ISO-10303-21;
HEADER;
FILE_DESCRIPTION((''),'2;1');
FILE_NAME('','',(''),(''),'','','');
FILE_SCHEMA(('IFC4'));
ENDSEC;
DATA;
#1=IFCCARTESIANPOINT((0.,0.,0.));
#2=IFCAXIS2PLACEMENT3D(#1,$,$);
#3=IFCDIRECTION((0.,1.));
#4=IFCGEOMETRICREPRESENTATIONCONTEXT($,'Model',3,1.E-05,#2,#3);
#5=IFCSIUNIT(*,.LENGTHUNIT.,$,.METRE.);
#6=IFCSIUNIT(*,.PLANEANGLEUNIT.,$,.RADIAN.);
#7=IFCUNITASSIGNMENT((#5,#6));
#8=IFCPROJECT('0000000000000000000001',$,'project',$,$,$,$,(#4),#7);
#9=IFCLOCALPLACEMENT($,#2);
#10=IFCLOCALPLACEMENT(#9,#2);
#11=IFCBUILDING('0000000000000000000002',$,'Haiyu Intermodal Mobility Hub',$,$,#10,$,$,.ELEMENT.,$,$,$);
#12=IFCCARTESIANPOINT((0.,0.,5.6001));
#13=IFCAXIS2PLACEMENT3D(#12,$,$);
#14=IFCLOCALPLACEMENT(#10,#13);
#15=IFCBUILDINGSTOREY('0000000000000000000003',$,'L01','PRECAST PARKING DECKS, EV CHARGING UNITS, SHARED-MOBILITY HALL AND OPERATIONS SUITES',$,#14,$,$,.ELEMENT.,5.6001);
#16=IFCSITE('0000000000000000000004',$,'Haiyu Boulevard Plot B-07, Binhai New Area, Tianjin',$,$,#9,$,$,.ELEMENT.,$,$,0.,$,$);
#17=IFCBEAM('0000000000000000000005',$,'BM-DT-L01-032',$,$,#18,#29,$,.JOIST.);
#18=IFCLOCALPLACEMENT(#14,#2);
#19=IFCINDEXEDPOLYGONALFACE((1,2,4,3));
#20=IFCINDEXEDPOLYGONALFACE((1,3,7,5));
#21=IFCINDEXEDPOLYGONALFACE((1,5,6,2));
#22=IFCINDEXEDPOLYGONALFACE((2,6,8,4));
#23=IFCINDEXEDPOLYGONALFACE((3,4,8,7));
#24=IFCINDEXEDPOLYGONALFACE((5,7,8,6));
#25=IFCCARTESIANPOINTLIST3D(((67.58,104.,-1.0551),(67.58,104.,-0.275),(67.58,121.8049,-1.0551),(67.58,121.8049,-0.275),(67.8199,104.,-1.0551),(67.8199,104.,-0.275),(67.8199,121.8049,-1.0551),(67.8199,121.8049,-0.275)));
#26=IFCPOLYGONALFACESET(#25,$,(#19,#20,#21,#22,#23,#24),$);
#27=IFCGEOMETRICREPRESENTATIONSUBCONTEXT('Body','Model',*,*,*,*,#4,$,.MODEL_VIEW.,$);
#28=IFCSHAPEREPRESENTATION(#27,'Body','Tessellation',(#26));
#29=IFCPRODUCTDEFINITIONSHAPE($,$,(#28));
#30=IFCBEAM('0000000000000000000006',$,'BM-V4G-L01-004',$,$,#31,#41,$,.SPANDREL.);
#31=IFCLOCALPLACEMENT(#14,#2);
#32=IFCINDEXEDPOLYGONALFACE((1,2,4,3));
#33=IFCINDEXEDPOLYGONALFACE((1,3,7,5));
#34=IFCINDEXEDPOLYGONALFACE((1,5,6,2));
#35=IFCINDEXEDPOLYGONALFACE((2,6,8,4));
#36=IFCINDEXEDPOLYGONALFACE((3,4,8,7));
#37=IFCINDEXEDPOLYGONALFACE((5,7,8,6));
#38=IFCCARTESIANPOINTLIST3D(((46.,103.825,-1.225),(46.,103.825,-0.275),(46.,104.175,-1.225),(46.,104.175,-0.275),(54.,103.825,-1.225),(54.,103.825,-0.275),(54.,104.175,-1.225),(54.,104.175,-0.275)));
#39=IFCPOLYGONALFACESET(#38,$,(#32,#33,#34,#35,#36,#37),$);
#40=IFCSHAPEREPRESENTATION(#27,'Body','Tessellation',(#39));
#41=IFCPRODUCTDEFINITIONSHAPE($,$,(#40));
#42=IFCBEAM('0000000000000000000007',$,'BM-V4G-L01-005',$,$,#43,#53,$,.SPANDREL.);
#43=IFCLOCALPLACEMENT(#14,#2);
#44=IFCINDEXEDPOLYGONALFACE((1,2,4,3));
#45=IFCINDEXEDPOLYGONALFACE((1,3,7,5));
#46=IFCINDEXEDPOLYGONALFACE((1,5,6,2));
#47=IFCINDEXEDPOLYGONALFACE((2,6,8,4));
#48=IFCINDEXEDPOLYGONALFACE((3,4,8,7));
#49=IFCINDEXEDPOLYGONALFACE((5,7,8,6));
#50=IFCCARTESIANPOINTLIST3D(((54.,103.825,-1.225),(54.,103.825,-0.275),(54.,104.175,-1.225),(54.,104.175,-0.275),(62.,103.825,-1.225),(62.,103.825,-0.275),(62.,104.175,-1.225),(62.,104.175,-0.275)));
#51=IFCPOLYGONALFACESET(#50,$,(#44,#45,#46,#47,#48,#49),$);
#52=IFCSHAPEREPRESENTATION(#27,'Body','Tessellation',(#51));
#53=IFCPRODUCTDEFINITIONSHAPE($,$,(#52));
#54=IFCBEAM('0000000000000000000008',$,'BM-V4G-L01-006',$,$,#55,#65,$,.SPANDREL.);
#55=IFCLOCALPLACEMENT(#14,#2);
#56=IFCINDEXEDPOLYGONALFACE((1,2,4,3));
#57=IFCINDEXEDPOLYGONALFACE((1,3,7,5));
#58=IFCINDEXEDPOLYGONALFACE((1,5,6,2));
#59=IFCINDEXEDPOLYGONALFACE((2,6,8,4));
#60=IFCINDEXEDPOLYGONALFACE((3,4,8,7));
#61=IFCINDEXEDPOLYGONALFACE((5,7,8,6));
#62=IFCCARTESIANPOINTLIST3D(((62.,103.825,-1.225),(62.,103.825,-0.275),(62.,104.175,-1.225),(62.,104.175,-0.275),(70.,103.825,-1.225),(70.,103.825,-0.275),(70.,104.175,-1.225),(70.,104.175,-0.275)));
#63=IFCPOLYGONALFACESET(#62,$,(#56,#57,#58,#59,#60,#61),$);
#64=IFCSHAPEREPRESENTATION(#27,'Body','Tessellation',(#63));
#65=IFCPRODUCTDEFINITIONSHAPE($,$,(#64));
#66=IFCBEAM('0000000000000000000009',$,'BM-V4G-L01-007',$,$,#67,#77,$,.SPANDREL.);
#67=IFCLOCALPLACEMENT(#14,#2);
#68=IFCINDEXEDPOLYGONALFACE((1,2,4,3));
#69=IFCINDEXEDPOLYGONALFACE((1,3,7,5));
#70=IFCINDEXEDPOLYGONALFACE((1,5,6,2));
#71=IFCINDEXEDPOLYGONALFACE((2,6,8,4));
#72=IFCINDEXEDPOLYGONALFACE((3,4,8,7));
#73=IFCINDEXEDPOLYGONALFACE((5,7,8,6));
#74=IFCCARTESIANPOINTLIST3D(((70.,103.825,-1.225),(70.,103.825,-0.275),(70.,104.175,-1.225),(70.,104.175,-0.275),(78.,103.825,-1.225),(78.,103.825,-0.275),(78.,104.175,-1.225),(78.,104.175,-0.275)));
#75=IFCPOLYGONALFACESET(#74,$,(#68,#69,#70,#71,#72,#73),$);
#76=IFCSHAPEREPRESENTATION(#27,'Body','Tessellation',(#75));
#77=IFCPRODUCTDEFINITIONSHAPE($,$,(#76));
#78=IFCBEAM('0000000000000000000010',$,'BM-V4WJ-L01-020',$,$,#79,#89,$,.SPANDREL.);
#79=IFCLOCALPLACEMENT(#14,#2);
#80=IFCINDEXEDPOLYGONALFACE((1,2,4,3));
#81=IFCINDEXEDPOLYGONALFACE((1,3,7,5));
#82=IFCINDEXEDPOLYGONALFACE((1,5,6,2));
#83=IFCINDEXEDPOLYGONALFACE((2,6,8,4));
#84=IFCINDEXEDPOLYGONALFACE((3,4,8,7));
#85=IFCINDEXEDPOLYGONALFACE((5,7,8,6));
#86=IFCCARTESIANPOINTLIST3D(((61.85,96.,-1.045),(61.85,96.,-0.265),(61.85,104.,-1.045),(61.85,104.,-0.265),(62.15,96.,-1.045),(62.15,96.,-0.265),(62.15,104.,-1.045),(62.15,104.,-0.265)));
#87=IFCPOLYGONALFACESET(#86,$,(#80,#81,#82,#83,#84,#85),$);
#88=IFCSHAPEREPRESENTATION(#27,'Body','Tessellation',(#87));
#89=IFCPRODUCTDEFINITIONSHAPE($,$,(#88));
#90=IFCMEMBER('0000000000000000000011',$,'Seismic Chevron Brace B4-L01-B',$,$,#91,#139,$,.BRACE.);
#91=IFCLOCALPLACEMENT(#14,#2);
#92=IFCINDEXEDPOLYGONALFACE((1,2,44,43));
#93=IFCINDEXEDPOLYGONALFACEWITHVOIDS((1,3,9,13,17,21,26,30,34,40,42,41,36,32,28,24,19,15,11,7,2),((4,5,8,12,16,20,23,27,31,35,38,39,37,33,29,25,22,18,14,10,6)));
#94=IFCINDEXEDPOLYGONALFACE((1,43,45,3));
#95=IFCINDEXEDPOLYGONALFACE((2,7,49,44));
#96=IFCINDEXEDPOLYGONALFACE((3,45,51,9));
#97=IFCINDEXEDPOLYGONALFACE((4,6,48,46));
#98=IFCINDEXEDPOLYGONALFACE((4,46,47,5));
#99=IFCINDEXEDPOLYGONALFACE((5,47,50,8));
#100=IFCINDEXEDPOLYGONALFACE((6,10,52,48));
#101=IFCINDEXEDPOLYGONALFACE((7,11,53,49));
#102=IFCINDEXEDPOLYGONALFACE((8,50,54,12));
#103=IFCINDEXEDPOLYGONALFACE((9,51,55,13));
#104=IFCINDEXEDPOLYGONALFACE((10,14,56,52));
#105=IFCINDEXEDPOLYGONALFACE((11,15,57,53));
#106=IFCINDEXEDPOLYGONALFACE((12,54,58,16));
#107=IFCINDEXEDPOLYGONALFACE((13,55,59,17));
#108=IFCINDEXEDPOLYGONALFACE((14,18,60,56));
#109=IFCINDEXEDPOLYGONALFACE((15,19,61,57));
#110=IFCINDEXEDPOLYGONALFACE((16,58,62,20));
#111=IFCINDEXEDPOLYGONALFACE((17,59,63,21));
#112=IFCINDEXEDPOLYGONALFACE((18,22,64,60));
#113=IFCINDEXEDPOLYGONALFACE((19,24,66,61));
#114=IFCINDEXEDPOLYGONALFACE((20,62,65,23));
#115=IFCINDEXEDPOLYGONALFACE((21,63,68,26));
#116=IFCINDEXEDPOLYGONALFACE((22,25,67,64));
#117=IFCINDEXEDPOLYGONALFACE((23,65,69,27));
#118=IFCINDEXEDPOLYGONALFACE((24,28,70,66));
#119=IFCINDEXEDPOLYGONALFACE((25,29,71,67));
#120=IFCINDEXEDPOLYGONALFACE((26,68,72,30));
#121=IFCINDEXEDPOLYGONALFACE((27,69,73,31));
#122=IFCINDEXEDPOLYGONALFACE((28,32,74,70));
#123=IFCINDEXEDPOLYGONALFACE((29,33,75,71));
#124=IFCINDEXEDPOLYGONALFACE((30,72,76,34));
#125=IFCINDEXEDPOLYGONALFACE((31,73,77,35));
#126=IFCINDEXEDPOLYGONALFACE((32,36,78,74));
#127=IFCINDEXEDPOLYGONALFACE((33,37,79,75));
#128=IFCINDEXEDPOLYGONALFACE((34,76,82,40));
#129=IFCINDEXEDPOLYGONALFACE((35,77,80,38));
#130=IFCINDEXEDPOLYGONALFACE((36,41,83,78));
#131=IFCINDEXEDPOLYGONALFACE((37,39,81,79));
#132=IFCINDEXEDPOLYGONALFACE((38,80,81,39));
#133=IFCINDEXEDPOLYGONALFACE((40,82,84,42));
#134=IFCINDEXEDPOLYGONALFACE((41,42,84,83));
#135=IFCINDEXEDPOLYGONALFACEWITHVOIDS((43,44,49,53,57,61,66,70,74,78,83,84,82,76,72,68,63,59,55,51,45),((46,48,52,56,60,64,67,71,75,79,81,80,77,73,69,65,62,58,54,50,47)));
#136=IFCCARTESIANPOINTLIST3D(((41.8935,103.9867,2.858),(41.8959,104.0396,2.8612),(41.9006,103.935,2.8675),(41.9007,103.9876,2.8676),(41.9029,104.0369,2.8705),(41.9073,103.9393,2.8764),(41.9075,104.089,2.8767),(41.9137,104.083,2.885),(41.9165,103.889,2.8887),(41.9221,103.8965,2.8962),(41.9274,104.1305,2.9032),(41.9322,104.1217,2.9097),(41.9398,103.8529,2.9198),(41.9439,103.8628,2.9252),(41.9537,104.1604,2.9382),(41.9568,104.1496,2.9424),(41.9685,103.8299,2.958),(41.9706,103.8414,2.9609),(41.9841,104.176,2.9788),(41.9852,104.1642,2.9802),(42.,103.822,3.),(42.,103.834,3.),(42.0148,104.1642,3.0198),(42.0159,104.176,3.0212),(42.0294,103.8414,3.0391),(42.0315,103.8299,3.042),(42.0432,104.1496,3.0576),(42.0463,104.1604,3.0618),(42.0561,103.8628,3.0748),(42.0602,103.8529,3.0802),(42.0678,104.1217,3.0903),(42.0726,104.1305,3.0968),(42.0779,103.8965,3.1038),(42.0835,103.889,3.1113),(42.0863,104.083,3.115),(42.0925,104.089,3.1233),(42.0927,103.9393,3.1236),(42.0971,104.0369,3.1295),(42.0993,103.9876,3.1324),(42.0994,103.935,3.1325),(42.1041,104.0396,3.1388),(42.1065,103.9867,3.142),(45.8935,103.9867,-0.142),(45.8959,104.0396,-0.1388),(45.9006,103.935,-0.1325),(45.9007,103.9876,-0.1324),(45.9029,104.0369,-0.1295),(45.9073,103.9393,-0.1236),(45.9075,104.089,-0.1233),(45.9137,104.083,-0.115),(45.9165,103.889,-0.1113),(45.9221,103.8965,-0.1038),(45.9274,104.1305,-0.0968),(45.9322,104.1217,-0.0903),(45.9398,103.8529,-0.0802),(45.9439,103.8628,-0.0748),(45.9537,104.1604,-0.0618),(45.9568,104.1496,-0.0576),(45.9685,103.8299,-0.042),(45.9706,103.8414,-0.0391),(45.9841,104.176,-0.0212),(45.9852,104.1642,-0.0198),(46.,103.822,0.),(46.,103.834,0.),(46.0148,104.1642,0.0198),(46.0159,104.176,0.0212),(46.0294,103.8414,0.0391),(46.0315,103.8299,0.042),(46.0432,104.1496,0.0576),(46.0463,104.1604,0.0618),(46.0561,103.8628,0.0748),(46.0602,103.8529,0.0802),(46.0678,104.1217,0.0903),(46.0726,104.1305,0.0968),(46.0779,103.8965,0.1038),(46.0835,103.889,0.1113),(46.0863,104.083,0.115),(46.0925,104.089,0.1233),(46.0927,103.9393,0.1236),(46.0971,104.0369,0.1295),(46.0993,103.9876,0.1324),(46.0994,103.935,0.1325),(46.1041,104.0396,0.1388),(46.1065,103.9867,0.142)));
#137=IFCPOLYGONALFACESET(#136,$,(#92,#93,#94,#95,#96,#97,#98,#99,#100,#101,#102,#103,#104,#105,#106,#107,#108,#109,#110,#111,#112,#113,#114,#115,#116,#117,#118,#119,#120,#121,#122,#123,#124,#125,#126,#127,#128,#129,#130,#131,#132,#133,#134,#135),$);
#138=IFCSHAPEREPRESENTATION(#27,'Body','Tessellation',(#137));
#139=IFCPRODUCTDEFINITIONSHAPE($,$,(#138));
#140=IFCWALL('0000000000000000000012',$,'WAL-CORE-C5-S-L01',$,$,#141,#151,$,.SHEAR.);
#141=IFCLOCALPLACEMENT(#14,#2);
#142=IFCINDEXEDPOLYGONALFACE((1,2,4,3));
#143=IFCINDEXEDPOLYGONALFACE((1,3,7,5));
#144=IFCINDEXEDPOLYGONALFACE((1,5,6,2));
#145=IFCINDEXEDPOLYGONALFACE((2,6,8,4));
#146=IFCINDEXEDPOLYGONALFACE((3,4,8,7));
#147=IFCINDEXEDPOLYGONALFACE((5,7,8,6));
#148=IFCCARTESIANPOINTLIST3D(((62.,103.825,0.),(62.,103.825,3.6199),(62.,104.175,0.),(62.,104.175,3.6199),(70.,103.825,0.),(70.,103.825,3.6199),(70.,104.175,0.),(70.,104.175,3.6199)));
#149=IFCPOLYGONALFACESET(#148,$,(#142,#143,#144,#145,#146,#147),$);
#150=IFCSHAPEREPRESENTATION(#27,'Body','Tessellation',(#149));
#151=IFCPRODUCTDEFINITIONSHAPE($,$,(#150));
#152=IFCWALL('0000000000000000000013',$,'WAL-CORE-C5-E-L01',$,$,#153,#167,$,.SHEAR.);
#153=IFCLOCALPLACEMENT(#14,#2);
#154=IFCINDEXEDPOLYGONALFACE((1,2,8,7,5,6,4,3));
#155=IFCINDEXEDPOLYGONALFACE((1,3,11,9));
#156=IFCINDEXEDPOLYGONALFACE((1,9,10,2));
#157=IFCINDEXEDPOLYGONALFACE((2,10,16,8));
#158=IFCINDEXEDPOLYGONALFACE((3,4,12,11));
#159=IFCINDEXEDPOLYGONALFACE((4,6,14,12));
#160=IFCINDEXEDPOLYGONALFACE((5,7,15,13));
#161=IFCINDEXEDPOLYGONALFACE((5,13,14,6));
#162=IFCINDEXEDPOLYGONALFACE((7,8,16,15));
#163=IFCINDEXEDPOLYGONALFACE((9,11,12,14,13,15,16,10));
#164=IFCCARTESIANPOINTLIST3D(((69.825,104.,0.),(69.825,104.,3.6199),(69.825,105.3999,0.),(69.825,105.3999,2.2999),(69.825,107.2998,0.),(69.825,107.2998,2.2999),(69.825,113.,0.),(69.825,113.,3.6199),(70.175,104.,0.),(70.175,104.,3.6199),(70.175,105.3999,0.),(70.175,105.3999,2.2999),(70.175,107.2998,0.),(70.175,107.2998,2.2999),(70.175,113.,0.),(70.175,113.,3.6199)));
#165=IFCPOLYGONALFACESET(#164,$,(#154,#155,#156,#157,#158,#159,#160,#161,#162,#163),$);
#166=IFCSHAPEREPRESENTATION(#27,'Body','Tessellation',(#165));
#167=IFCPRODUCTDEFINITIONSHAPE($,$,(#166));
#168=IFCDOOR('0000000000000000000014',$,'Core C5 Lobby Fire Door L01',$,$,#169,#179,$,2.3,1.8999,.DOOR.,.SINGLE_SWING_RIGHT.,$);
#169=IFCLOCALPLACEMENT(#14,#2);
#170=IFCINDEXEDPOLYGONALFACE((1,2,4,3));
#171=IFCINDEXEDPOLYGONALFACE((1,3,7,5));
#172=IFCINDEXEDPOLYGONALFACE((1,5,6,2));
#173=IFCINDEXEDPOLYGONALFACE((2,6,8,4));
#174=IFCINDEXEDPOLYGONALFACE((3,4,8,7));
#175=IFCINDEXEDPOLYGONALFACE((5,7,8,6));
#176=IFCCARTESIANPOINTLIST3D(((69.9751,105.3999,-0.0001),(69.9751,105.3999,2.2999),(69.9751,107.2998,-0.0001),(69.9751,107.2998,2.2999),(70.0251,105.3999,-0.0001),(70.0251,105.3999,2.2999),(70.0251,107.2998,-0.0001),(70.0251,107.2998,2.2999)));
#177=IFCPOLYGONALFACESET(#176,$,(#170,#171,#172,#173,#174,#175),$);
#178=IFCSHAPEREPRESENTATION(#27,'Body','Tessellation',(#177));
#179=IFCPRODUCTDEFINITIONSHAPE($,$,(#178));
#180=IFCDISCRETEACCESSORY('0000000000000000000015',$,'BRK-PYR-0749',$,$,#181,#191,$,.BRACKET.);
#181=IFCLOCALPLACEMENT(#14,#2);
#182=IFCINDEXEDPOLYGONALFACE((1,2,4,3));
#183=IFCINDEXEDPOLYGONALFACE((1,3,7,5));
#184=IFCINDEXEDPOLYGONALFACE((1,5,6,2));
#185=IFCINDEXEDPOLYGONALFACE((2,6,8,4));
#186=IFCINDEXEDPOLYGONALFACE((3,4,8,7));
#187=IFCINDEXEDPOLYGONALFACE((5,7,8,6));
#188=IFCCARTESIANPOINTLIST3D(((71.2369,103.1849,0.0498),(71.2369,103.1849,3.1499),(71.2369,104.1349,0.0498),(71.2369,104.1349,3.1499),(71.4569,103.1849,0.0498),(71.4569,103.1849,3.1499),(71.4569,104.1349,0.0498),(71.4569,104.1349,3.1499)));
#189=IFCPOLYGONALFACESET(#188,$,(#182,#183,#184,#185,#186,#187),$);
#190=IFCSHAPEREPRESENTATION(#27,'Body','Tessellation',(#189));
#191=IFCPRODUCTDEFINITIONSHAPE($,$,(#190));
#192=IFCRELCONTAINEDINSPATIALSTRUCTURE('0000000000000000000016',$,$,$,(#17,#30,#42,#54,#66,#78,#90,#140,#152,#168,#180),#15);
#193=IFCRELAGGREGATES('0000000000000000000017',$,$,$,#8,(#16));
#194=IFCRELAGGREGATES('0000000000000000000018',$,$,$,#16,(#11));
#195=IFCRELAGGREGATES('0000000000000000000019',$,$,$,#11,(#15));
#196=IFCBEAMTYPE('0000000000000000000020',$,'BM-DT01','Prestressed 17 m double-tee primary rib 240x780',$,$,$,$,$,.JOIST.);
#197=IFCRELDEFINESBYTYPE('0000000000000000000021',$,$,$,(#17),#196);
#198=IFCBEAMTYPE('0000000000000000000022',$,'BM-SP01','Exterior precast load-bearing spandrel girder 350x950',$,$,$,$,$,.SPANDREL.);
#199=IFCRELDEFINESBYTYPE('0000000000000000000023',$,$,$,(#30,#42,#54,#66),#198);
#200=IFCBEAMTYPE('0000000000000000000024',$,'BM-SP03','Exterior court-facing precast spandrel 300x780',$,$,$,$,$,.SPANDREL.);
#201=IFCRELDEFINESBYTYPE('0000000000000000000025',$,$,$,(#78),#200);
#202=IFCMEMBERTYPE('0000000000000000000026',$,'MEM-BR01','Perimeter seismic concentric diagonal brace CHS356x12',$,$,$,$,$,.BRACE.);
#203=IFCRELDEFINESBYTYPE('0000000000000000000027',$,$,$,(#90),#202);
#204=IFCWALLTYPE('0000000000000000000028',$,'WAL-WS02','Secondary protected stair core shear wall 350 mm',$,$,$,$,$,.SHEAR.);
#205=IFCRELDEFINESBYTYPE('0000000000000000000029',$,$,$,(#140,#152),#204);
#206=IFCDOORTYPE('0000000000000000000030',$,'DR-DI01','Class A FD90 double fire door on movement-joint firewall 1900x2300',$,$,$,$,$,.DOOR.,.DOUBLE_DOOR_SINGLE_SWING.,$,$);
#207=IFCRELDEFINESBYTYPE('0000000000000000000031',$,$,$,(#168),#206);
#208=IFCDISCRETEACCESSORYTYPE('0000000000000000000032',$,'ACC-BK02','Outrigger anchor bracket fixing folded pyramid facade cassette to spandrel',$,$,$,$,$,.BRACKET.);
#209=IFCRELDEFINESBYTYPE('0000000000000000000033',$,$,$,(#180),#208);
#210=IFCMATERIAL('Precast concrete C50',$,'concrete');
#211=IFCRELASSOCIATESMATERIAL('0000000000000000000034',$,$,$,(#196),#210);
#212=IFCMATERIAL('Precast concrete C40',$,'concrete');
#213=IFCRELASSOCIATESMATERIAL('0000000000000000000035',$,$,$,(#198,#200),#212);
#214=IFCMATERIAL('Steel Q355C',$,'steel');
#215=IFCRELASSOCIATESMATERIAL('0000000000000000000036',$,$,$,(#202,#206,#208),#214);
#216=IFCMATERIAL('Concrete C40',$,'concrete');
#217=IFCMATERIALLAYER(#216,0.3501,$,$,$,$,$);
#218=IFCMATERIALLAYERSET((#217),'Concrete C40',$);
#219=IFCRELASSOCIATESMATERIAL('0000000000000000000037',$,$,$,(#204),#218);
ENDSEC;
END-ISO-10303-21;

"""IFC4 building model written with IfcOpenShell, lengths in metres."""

from ifc_helpers import new_model, si_unit, direction, frame, frame_2d, origin, origin_2d, place, context, subcontext, project, spatial, rectangle, hollow_circle, extrude, material, layer, layer_set, material_profile, profile_set, type_object, element, fill, save


model = new_model("IFC4")

# Units and contexts
model_context = context("Model", 3, precision=1e-05, world=origin(), true_north=direction((0.0, 1.0)))
body_context = subcontext(model_context, "Body", "Model", "MODEL_VIEW")
ifc_project = project(units=[si_unit("LENGTHUNIT", "METRE"), si_unit("PLANEANGLEUNIT", "RADIAN")], contexts=[model_context])

# Site, building, storey
site_placement = place(None, origin())
site = spatial("IfcSite", under=ifc_project, at=site_placement, Name="Haiyu Boulevard Plot B-07, Binhai New Area, Tianjin", CompositionType="ELEMENT", RefElevation=0.0)
building_placement = place(site_placement, origin())
building = spatial("IfcBuilding", under=site, at=building_placement, Name="Haiyu Intermodal Mobility Hub", CompositionType="ELEMENT")
storey_placement = place(building_placement, frame((0.0, 0.0, 5.6001)))
storey = spatial("IfcBuildingStorey", under=building, at=storey_placement, Name="L01", Description="PRECAST PARKING DECKS, EV CHARGING UNITS, SHARED-MOBILITY HALL AND OPERATIONS SUITES", CompositionType="ELEMENT", Elevation=5.6001)

# Shared definitions
ifc_material_1 = material(Name="Precast concrete C40", Category="concrete")

# Beams
ifc_material_2 = material(Name="Concrete C40", Category="concrete")
ifc_material_3 = material(Name="Precast concrete C50", Category="concrete")
ifc_material_profile_1 = material_profile(ifc_material_3, rectangle(XDim=0.24, YDim=0.78, at=origin_2d()), Name="PC240x780")
ifc_profile_set_1 = profile_set([ifc_material_profile_1], Name="Precast concrete C50")
beam_type_1 = type_object("IfcBeamType", Name="BM-DT01", Description="Prestressed 17 m double-tee primary rib 240x780", PredefinedType="JOIST", material=ifc_profile_set_1)
for number, where, z_axis, x_axis, name in (
    (1, (67.7, 104.0, -0.665), (0.0, 1.0, 0.0), (-1.0, 0.0, 0.0), "BM-DT-L01-032"),
):
    element("IfcBeam", number, at=place(storey_placement, frame(where, z_axis=z_axis, x_axis=x_axis)), inside=storey, type_object=beam_type_1, Name=name, PredefinedType="JOIST", context=body_context, shape_type="SweptSolid", body=[
        extrude(rectangle(XDim=0.24, YDim=0.78, at=origin_2d()), origin(), (0.0, 0.0, 1.0), 17.8049),
    ])
ifc_material_profile_2 = material_profile(ifc_material_1, rectangle(XDim=0.3501, YDim=0.95, at=origin_2d()), Name="PC350x950")
ifc_profile_set_2 = profile_set([ifc_material_profile_2], Name="Precast concrete C40")
beam_type_2 = type_object("IfcBeamType", Name="BM-SP01", Description="Exterior precast load-bearing spandrel girder 350x950", PredefinedType="SPANDREL", material=ifc_profile_set_2)
for number, where, z_axis, x_axis, name in (
    (2, (46.0, 104.0, -0.75), (1.0, 0.0, 0.0), (0.0, 1.0, 0.0), "BM-V4G-L01-004"),
    (3, (54.0, 104.0, -0.75), (1.0, 0.0, 0.0), (0.0, 1.0, 0.0), "BM-V4G-L01-005"),
    (4, (62.0, 104.0, -0.75), (1.0, 0.0, 0.0), (0.0, 1.0, 0.0), "BM-V4G-L01-006"),
    (5, (70.0, 104.0, -0.75), (1.0, 0.0, 0.0), (0.0, 1.0, 0.0), "BM-V4G-L01-007"),
):
    element("IfcBeam", number, at=place(storey_placement, frame(where, z_axis=z_axis, x_axis=x_axis)), inside=storey, type_object=beam_type_2, Name=name, PredefinedType="SPANDREL", context=body_context, shape_type="SweptSolid", body=[
        extrude(rectangle(XDim=0.3501, YDim=0.95, at=origin_2d()), origin(), (0.0, 0.0, 1.0), 8.0),
    ])
ifc_material_profile_3 = material_profile(ifc_material_1, rectangle(XDim=0.3, YDim=0.78, at=origin_2d()), Name="PC300x780")
ifc_profile_set_3 = profile_set([ifc_material_profile_3], Name="Precast concrete C40")
beam_type_3 = type_object("IfcBeamType", Name="BM-SP03", Description="Exterior court-facing precast spandrel 300x780", PredefinedType="SPANDREL", material=ifc_profile_set_3)
beam_placement = place(storey_placement, frame((62.0, 96.0, -0.655), z_axis=(0.0, 1.0, 0.0), x_axis=(-1.0, 0.0, 0.0)))
element("IfcBeam", 6, at=beam_placement, inside=storey, type_object=beam_type_3, Name="BM-V4WJ-L01-020", PredefinedType="SPANDREL", context=body_context, shape_type="SweptSolid", body=[
    extrude(rectangle(XDim=0.3, YDim=0.78, at=origin_2d()), origin(), (0.0, 0.0, 1.0), 8.0),
])

# Member
ifc_material_4 = material(Name="Steel Q355C", Category="steel")
ifc_material_profile_4 = material_profile(ifc_material_4, hollow_circle(Radius=0.178, WallThickness=0.012, at=origin_2d()), Name="CHS356x12")
ifc_profile_set_4 = profile_set([ifc_material_profile_4], Name="Steel Q355C")
member_type = type_object("IfcMemberType", Name="MEM-BR01", Description="Perimeter seismic concentric diagonal brace CHS356x12", PredefinedType="BRACE", material=ifc_profile_set_4)
member_placement = place(storey_placement, frame((46.0, 104.0, 0.0), z_axis=(-0.8, 0.0, 0.6), x_axis=(0.0, -1.0, 0.0)))
element("IfcMember", 7, at=member_placement, inside=storey, type_object=member_type, Name="Seismic Chevron Brace B4-L01-B", PredefinedType="BRACE", context=body_context, shape_type="SweptSolid", body=[
    extrude(hollow_circle(Radius=0.178, WallThickness=0.012, at=origin_2d()), origin(), (0.0, 0.0, 1.0), 5.0),
])

# Wall
ifc_layer = layer(ifc_material_2, 0.3501)
ifc_layer_set = layer_set([ifc_layer], Name="Concrete C40")
wall_type = type_object("IfcWallType", Name="WAL-WS02", Description="Secondary protected stair core shear wall 350 mm", PredefinedType="SHEAR", material=ifc_layer_set)
wall_1_placement = place(storey_placement, frame((62.0, 104.0, 0.0), z_axis=(0.0, 0.0, 1.0), x_axis=(1.0, 0.0, 0.0)))
element("IfcWall", 8, at=wall_1_placement, inside=storey, type_object=wall_type, Name="WAL-CORE-C5-S-L01", PredefinedType="SHEAR", context=body_context, shape_type="SweptSolid", body=[
    extrude(rectangle(XDim=8.0, YDim=0.3501, at=frame_2d((4.0, 0.0))), origin(), (0.0, 0.0, 1.0), 3.6199),
])

# Wall, opening, door
wall_2_placement = place(storey_placement, frame((70.0, 104.0, 0.0), z_axis=(0.0, 0.0, 1.0), x_axis=(0.0, 1.0, 0.0)))
wall_2 = element("IfcWall", 9, at=wall_2_placement, inside=storey, type_object=wall_type, Name="WAL-CORE-C5-E-L01", PredefinedType="SHEAR", context=body_context, shape_type="SweptSolid", body=[
    extrude(rectangle(XDim=9.0, YDim=0.3501, at=frame_2d((4.5, 0.0))), origin(), (0.0, 0.0, 1.0), 3.6199),
])
opening_placement = place(wall_2_placement, frame((1.3999, 0.0, 0.0)))
opening = element("IfcOpeningElement", 10, at=opening_placement, cuts=wall_2, PredefinedType="OPENING", context=body_context, shape_type="SweptSolid", body=[
    extrude(rectangle(XDim=1.8999, YDim=2.3, at=frame_2d((0.95, 1.1499))), frame((0.0, 0.1851, 0.0), z_axis=(0.0, -1.0, 0.0), x_axis=(1.0, 0.0, 0.0)), (0.0, 0.0, 1.0), 0.3701),
])
door_type = type_object("IfcDoorType", Name="DR-DI01", Description="Class A FD90 double fire door on movement-joint firewall 1900x2300", OperationType="DOUBLE_DOOR_SINGLE_SWING", PredefinedType="DOOR", material=ifc_material_4)
door_placement = place(opening_placement, origin())
door = element("IfcDoor", 11, at=door_placement, inside=storey, type_object=door_type, Name="Core C5 Lobby Fire Door L01", OperationType="SINGLE_SWING_RIGHT", OverallHeight=2.3, OverallWidth=1.8999, PredefinedType="DOOR", context=body_context, shape_type="SweptSolid", body=[
    extrude(rectangle(XDim=1.8999, YDim=2.3, at=frame_2d((0.95, 1.1499))), frame((0.0, 0.0249, 0.0), z_axis=(0.0, -1.0, 0.0), x_axis=(1.0, 0.0, 0.0)), (0.0, 0.0, 1.0), 0.05),
])
fill(opening, door)

# Discrete accessory
discrete_accessory_type = type_object("IfcDiscreteAccessoryType", Name="ACC-BK02", Description="Outrigger anchor bracket fixing folded pyramid facade cassette to spandrel", PredefinedType="BRACKET", material=ifc_material_4)
for number, where, z_axis, x_axis, name in (
    (12, (71.3469, 103.6599, 0.0498), (0.0, 0.0, 1.0), (1.0, 0.0, 0.0), "BRK-PYR-0749"),
):
    element("IfcDiscreteAccessory", number, at=place(storey_placement, frame(where, z_axis=z_axis, x_axis=x_axis)), inside=storey, type_object=discrete_accessory_type, Name=name, PredefinedType="BRACKET", context=body_context, shape_type="SweptSolid", body=[
        extrude(rectangle(XDim=0.22, YDim=0.95, at=origin_2d()), origin(), (0.0, 0.0, 1.0), 3.1001),
    ])

save(model, "model.ifc")
